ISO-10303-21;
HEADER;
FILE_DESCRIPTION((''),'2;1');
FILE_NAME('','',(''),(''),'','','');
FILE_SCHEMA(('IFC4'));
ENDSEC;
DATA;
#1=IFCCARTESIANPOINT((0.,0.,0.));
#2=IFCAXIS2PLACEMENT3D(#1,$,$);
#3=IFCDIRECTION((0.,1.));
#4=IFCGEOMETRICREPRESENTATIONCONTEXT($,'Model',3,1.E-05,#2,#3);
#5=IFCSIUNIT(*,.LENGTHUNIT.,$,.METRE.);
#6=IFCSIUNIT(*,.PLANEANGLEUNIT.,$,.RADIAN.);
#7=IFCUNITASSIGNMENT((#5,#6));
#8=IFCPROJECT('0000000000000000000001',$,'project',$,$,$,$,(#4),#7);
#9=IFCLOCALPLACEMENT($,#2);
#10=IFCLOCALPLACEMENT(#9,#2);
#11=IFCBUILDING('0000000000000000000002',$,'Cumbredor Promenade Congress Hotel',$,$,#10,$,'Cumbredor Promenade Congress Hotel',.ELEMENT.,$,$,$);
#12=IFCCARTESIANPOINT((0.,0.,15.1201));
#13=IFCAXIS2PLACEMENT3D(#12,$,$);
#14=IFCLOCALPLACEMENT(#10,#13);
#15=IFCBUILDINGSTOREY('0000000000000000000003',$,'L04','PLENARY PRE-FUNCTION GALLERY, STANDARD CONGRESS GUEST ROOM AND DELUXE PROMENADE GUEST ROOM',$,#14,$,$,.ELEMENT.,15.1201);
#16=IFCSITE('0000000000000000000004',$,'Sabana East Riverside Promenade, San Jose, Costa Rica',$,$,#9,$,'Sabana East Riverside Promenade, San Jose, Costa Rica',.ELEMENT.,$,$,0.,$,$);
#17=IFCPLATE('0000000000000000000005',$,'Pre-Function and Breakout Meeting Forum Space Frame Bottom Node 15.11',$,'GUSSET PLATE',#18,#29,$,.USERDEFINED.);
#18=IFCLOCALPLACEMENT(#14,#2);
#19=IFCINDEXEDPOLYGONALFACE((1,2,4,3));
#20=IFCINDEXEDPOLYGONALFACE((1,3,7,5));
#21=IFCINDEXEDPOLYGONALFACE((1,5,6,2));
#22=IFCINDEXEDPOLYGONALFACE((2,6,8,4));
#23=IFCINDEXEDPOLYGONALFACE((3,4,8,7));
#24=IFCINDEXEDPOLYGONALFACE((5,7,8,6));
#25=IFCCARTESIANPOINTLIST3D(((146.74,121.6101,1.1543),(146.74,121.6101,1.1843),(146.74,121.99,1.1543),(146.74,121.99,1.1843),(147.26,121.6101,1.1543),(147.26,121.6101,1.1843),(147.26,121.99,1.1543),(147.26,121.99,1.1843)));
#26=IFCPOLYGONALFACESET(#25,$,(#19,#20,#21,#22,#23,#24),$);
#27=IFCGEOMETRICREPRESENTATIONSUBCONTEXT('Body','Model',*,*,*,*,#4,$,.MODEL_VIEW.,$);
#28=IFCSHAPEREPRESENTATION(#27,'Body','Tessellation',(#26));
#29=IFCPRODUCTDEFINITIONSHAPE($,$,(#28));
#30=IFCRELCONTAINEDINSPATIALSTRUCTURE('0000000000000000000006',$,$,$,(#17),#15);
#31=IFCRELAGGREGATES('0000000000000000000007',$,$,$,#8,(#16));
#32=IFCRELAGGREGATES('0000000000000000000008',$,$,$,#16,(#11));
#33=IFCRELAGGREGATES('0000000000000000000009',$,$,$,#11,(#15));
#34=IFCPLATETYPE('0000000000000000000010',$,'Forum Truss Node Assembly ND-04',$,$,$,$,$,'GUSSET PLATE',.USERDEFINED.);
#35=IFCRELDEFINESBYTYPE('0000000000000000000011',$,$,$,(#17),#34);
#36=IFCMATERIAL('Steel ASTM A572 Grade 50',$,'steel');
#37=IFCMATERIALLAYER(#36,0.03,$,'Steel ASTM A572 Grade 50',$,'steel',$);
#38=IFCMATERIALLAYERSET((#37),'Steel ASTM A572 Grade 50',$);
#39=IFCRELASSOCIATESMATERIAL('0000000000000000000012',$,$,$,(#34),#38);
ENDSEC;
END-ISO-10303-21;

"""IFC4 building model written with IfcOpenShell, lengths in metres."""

from ifc_helpers import new_model, si_unit, direction, frame, origin, origin_2d, place, context, subcontext, project, spatial, rectangle, extrude, material, layer, layer_set, type_object, element, save


model = new_model("IFC4")

# Units and contexts
model_context = context("Model", 3, precision=1e-05, world=origin(), true_north=direction((0.0, 1.0)))
body_context = subcontext(model_context, "Body", "Model", "MODEL_VIEW")
ifc_project = project(units=[si_unit("LENGTHUNIT", "METRE"), si_unit("PLANEANGLEUNIT", "RADIAN")], contexts=[model_context])

# Site, building, storey
site_placement = place(None, origin())
site = spatial("IfcSite", under=ifc_project, at=site_placement, Name="Sabana East Riverside Promenade, San Jose, Costa Rica", LongName="Sabana East Riverside Promenade, San Jose, Costa Rica", CompositionType="ELEMENT", RefElevation=0.0)
building_placement = place(site_placement, origin())
building = spatial("IfcBuilding", under=site, at=building_placement, Name="Cumbredor Promenade Congress Hotel", LongName="Cumbredor Promenade Congress Hotel", CompositionType="ELEMENT")
storey_placement = place(building_placement, frame((0.0, 0.0, 15.1201)))
storey = spatial("IfcBuildingStorey", under=building, at=storey_placement, Name="L04", Description="PLENARY PRE-FUNCTION GALLERY, STANDARD CONGRESS GUEST ROOM AND DELUXE PROMENADE GUEST ROOM", CompositionType="ELEMENT", Elevation=15.1201)

# Plate
ifc_material_1 = material(Name="Steel ASTM A572 Grade 50", Category="steel")
ifc_layer_1 = layer(ifc_material_1, 0.03, Name="Steel ASTM A572 Grade 50", Category="steel")
ifc_layer_set_1 = layer_set([ifc_layer_1], Name="Steel ASTM A572 Grade 50")
plate_type_1 = type_object("IfcPlateType", Name="Forum Truss Node Assembly ND-04", ElementType="GUSSET PLATE", PredefinedType="USERDEFINED", material=ifc_layer_set_1)
for number, where, z_axis, x_axis, name in (
    (1, (147.0, 121.8, 1.1543), (0.0, 0.0, 1.0), (1.0, 0.0, 0.0), "Pre-Function and Breakout Meeting Forum Space Frame Bottom Node 15.11"),
):
    element("IfcPlate", number, at=place(storey_placement, frame(where, z_axis=z_axis, x_axis=x_axis)), inside=storey, type_object=plate_type_1, Name=name, ObjectType="GUSSET PLATE", PredefinedType="USERDEFINED", context=body_context, shape_type="SweptSolid", body=[
        extrude(rectangle(XDim=0.52, YDim=0.3799, at=origin_2d()), origin(), (0.0, 0.0, 1.0), 0.03),
    ])

save(model, "model.ifc")
